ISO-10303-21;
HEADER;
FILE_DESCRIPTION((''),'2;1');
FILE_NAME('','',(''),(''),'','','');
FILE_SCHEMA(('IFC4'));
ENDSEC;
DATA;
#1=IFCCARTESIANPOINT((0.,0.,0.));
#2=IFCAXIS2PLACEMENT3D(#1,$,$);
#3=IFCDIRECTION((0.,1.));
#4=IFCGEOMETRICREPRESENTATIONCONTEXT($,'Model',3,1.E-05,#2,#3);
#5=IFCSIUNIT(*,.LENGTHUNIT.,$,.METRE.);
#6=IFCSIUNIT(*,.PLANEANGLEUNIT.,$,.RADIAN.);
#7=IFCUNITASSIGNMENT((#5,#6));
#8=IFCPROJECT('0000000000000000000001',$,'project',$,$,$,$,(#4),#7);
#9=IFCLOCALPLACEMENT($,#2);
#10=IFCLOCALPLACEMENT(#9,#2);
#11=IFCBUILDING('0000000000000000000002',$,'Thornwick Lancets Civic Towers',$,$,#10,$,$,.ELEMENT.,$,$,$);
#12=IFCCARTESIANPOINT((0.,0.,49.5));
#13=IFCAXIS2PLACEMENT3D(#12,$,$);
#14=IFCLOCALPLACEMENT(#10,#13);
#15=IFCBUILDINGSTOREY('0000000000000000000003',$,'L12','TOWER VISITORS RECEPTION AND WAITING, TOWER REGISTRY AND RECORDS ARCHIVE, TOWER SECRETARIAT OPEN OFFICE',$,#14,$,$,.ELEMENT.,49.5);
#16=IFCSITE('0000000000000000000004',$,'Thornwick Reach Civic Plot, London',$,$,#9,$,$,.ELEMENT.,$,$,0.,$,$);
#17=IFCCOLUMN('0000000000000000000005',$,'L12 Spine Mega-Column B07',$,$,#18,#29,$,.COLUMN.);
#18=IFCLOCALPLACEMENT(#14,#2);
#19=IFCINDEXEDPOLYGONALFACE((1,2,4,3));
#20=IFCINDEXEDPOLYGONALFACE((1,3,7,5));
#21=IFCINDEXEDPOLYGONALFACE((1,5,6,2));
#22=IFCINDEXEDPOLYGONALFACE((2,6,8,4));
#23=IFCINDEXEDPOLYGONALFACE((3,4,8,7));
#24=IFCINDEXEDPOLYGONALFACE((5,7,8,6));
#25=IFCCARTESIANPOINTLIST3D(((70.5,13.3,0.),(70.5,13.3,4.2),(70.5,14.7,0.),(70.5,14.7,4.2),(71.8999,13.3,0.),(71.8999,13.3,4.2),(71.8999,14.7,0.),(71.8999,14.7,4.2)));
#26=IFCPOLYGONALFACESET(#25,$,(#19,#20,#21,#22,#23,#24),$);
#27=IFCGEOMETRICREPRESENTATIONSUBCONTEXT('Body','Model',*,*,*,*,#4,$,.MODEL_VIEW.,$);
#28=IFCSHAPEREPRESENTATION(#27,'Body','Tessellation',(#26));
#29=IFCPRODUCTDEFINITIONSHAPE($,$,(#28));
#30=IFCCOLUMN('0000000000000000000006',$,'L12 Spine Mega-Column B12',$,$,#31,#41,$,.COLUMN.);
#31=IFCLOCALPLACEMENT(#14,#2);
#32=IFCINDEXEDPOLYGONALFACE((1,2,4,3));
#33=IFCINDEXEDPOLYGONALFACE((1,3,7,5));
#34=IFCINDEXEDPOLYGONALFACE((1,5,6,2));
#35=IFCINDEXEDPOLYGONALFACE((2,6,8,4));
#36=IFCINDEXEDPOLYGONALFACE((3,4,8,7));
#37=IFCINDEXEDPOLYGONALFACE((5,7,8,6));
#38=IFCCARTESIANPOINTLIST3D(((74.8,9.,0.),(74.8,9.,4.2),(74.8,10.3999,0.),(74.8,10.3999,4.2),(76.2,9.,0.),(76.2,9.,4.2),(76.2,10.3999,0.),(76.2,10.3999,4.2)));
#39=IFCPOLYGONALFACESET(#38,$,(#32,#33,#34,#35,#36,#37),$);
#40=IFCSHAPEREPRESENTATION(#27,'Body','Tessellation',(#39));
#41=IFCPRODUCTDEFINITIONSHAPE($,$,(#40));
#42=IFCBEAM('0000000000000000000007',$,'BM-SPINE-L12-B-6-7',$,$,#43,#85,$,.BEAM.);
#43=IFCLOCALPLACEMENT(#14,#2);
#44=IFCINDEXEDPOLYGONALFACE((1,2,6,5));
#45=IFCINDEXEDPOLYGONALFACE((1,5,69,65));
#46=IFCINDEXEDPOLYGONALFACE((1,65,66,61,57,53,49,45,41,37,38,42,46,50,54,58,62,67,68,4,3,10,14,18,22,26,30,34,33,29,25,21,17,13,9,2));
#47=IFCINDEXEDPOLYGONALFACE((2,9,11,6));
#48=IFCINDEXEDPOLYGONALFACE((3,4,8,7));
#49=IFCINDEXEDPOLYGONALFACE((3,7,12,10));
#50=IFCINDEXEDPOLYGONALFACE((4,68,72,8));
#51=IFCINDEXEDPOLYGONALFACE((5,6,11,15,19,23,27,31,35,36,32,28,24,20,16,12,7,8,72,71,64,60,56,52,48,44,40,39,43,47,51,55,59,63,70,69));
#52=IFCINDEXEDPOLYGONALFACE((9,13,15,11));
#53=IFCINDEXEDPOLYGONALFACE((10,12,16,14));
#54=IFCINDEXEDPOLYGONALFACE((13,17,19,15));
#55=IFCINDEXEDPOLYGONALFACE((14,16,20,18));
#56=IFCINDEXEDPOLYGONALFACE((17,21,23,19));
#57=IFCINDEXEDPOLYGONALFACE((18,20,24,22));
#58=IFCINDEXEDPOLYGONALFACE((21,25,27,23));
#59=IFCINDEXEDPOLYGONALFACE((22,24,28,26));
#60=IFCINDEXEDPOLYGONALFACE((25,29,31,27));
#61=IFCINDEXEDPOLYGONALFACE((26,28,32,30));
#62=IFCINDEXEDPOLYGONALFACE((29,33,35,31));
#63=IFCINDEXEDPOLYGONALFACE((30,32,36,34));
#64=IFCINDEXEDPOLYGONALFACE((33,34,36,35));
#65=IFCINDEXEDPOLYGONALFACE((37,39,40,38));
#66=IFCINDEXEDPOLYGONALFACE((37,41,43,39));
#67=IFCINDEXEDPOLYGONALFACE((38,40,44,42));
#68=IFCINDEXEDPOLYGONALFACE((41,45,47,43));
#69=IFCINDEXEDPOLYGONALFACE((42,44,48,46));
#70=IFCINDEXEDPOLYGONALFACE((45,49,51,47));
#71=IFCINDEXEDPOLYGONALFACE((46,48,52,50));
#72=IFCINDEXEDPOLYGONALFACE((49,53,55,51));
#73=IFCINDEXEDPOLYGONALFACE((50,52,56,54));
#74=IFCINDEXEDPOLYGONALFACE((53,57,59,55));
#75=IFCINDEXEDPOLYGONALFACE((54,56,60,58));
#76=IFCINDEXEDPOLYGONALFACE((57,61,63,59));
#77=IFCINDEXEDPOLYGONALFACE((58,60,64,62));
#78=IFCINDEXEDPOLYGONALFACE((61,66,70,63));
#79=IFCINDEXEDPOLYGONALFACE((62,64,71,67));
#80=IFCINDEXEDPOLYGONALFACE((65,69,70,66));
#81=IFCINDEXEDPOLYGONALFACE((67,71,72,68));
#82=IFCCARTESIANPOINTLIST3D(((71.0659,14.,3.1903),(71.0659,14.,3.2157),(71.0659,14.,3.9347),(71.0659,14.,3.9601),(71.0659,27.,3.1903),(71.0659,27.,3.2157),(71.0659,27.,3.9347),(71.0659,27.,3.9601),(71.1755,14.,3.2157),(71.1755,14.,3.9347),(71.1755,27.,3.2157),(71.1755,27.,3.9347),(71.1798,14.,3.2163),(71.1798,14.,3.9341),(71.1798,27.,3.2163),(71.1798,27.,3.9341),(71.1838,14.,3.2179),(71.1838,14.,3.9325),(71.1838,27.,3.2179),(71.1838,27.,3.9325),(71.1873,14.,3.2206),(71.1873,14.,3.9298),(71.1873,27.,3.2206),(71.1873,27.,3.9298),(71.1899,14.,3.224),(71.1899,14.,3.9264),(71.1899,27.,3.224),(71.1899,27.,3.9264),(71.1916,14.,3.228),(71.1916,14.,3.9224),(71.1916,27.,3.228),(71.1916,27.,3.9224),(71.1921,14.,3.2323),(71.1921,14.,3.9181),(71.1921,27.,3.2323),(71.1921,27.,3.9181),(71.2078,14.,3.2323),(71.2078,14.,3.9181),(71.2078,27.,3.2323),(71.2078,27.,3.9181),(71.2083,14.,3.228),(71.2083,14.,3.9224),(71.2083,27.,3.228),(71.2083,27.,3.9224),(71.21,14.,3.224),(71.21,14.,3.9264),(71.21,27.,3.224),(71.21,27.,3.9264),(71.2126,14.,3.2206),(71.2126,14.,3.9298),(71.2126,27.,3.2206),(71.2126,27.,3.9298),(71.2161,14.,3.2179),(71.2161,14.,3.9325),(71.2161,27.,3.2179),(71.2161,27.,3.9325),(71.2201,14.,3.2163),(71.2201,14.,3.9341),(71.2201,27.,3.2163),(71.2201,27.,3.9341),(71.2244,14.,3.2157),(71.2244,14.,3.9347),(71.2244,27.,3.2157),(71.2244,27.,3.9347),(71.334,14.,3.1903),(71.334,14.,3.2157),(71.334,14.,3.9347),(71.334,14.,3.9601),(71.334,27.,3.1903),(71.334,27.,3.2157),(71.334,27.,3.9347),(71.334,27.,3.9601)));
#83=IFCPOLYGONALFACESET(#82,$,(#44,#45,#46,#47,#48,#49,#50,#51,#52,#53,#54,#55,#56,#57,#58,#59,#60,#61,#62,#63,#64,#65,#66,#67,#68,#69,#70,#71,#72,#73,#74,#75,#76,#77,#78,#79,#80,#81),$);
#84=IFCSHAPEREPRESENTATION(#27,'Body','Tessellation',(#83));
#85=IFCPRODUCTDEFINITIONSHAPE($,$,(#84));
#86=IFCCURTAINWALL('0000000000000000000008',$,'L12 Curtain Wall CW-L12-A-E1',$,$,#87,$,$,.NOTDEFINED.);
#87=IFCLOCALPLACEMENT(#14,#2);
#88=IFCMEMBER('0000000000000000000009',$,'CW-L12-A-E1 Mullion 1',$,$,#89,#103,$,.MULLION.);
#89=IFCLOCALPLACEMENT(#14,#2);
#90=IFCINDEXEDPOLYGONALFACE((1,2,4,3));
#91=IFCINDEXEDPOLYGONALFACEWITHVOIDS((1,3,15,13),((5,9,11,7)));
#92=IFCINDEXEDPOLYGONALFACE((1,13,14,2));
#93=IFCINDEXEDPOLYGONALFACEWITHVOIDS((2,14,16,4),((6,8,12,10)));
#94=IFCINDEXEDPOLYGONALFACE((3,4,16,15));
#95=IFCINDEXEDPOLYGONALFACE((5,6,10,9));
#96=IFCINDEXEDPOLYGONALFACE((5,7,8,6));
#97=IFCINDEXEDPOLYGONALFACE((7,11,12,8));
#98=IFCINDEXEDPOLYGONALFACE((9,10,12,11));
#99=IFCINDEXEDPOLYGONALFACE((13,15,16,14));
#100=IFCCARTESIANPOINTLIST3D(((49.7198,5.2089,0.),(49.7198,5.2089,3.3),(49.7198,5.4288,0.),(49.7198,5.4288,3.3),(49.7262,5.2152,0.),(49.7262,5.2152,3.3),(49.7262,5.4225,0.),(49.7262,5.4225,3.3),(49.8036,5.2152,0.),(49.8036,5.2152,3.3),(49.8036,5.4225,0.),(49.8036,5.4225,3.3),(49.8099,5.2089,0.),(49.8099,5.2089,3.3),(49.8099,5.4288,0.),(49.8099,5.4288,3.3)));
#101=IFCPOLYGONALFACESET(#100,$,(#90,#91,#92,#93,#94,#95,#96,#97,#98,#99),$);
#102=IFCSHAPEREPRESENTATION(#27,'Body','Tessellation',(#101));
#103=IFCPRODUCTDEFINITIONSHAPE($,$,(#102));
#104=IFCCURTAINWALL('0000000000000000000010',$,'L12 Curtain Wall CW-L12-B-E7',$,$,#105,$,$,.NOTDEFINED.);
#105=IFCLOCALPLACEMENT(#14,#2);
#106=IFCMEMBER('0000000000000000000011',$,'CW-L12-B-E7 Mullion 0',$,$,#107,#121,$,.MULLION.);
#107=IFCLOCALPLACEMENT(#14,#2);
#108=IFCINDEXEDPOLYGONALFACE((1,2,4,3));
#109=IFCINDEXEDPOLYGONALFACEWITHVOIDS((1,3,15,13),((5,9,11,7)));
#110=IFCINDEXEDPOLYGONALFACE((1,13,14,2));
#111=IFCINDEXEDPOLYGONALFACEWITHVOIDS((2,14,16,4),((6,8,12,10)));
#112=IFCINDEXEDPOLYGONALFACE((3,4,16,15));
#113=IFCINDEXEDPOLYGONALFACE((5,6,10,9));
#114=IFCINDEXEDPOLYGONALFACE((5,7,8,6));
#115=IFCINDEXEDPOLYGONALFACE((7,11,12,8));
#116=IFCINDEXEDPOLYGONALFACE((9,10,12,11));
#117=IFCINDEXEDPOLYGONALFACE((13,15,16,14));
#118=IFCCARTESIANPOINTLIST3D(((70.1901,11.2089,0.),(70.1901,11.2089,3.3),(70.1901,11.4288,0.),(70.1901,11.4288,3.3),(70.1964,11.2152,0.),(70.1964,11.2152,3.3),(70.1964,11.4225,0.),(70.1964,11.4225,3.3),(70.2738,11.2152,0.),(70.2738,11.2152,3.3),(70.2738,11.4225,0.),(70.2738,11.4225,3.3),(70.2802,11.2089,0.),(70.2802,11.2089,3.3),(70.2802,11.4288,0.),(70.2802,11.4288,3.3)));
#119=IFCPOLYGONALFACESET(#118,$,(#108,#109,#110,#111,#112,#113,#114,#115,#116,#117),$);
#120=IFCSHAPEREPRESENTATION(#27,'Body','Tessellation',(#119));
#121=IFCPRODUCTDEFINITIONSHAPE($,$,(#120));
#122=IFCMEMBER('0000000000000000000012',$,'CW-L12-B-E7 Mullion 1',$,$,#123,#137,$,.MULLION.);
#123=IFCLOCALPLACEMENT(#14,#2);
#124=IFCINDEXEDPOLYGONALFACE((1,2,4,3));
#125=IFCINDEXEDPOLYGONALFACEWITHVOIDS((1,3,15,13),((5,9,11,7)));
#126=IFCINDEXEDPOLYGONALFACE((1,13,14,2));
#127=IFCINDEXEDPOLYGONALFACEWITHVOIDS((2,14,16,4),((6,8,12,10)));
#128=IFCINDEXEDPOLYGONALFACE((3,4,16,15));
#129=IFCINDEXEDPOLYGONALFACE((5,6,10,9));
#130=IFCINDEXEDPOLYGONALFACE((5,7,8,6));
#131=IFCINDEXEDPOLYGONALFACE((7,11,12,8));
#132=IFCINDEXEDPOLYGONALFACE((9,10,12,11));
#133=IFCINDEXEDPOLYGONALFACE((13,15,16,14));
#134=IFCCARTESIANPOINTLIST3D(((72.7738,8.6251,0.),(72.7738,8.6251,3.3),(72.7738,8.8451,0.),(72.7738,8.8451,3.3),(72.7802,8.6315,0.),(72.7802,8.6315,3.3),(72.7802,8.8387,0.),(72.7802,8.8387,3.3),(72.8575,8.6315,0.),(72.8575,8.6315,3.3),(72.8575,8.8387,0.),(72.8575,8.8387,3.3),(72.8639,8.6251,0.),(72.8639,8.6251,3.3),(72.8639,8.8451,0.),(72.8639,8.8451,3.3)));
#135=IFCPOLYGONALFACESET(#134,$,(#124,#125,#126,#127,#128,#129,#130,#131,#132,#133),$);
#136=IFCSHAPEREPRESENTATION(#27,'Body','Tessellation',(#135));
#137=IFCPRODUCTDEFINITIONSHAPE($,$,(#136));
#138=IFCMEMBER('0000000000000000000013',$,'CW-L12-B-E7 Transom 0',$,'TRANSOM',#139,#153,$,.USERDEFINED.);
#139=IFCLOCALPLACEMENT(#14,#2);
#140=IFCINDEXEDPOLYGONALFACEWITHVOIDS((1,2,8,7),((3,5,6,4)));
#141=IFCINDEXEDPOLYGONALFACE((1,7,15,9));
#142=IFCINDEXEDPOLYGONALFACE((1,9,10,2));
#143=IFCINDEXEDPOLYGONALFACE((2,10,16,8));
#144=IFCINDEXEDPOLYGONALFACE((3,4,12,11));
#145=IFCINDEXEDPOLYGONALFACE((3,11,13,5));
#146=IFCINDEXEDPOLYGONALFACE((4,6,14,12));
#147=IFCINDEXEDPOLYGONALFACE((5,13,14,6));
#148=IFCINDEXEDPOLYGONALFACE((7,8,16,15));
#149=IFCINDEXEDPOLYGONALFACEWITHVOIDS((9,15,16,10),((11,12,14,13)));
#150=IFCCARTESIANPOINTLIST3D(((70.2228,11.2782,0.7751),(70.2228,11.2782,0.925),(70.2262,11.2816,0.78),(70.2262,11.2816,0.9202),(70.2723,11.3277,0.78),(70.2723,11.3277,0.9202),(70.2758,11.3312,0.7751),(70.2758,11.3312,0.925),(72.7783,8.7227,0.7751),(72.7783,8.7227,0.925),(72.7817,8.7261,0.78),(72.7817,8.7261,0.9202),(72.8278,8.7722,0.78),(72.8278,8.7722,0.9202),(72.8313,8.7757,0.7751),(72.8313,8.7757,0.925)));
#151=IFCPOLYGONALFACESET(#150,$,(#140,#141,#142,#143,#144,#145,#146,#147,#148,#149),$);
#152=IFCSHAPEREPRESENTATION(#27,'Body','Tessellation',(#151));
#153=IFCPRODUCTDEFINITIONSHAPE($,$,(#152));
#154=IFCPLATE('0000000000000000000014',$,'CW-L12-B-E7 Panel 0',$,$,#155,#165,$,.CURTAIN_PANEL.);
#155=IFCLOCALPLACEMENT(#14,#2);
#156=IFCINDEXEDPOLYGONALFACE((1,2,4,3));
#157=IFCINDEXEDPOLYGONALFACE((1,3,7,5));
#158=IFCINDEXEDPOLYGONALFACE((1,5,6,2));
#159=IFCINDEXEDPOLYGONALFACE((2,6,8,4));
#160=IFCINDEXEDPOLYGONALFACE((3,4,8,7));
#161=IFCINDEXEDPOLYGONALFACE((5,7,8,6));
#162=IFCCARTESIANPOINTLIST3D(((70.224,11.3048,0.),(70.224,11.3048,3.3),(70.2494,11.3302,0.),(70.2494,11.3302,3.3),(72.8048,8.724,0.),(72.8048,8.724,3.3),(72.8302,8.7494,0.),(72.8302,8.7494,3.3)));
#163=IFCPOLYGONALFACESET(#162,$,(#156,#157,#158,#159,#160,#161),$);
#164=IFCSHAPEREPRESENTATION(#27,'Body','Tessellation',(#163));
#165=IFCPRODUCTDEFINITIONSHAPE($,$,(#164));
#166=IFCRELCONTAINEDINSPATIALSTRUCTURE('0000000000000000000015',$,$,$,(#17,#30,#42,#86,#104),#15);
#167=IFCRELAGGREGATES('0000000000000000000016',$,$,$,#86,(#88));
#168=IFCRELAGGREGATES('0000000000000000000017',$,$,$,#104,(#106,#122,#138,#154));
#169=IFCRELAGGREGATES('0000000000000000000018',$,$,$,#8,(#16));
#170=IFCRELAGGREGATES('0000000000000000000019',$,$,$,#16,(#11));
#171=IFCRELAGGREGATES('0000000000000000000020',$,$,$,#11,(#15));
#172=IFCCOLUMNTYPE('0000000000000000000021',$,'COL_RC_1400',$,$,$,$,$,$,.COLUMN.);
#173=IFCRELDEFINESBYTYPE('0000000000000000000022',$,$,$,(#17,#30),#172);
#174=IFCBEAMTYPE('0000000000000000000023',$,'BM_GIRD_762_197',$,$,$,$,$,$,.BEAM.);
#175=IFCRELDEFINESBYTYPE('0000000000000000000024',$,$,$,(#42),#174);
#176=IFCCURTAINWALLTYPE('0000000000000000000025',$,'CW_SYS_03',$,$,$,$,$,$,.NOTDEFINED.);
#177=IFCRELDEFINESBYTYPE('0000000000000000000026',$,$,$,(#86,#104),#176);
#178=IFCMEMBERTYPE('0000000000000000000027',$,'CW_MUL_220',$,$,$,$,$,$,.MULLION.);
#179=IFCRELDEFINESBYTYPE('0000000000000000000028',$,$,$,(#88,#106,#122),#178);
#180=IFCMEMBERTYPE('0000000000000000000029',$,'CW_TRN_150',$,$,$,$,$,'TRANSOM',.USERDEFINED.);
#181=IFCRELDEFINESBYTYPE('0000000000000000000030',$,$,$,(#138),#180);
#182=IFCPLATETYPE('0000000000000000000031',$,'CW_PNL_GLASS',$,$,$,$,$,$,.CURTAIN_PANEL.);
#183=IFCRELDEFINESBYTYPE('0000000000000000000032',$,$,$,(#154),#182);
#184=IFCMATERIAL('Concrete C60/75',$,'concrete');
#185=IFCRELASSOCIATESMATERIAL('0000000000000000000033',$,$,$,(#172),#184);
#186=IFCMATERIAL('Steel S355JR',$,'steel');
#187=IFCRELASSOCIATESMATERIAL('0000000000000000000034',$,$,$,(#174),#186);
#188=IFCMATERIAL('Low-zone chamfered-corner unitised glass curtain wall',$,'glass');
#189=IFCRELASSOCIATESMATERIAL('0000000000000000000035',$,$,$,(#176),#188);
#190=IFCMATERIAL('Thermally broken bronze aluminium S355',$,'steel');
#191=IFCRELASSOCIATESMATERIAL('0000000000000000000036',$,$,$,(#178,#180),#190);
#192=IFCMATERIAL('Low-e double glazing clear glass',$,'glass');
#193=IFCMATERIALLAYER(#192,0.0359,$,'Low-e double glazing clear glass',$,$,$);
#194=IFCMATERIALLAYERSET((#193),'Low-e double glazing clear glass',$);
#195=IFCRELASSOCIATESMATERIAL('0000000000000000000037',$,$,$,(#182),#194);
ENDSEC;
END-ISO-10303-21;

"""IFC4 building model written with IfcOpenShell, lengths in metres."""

from ifc_helpers import new_model, si_unit, direction, frame, origin, origin_2d, place, context, subcontext, project, spatial, rectangle, hollow_rectangle, i_section, extrude, material, layer, layer_set, material_profile, profile_set, type_object, element, aggregate, save


model = new_model("IFC4")

# Units and contexts
model_context = context("Model", 3, precision=1e-05, world=origin(), true_north=direction((0.0, 1.0)))
body_context = subcontext(model_context, "Body", "Model", "MODEL_VIEW")
ifc_project = project(units=[si_unit("LENGTHUNIT", "METRE"), si_unit("PLANEANGLEUNIT", "RADIAN")], contexts=[model_context])

# Site, building, storey
site_placement = place(None, origin())
site = spatial("IfcSite", under=ifc_project, at=site_placement, Name="Thornwick Reach Civic Plot, London", CompositionType="ELEMENT", RefElevation=0.0)
building_placement = place(site_placement, origin())
building = spatial("IfcBuilding", under=site, at=building_placement, Name="Thornwick Lancets Civic Towers", CompositionType="ELEMENT")
storey_placement = place(building_placement, frame((0.0, 0.0, 49.5)))
storey = spatial("IfcBuildingStorey", under=building, at=storey_placement, Name="L12", Description="TOWER VISITORS RECEPTION AND WAITING, TOWER REGISTRY AND RECORDS ARCHIVE, TOWER SECRETARIAT OPEN OFFICE", CompositionType="ELEMENT", Elevation=49.5)

# Columns
ifc_material_1 = material(Name="Concrete C60/75", Category="concrete")
ifc_material_profile_1 = material_profile(ifc_material_1, rectangle(XDim=1.3999, YDim=1.3999, at=origin_2d()), Name="RC 1400x1400")
ifc_profile_set_1 = profile_set([ifc_material_profile_1], Name="Concrete C60/75")
column_type = type_object("IfcColumnType", Name="COL_RC_1400", PredefinedType="COLUMN", material=ifc_profile_set_1)
for number, where, z_axis, x_axis, name in (
    (1, (71.2, 14.0, 0.0), (0.0, 0.0, 1.0), (1.0, 0.0, 0.0), "L12 Spine Mega-Column B07"),
    (2, (75.5, 9.7, 0.0), (0.0, 0.0, 1.0), (1.0, 0.0, 0.0), "L12 Spine Mega-Column B12"),
):
    element("IfcColumn", number, at=place(storey_placement, frame(where, z_axis=z_axis, x_axis=x_axis)), inside=storey, type_object=column_type, Name=name, PredefinedType="COLUMN", context=body_context, shape_type="SweptSolid", body=[
        extrude(rectangle(XDim=1.3999, YDim=1.3999, at=origin_2d()), origin(), (0.0, 0.0, 1.0), 4.2),
    ])

# Beam
ifc_material_2 = material(Name="Steel S355JR", Category="steel")
ifc_material_profile_2 = material_profile(ifc_material_2, i_section(OverallWidth=0.2681, OverallDepth=0.7698, WebThickness=0.0156, FlangeThickness=0.0254, FilletRadius=0.0166, at=origin_2d()), Name="UKB 762x267x197")
ifc_profile_set_2 = profile_set([ifc_material_profile_2], Name="Steel S355JR")
beam_type = type_object("IfcBeamType", Name="BM_GIRD_762_197", PredefinedType="BEAM", material=ifc_profile_set_2)
beam_placement = place(storey_placement, frame((71.2, 14.0, 3.5752), z_axis=(0.0, 1.0, 0.0), x_axis=(-1.0, 0.0, 0.0)))
element("IfcBeam", 3, at=beam_placement, inside=storey, type_object=beam_type, Name="BM-SPINE-L12-B-6-7", PredefinedType="BEAM", context=body_context, shape_type="SweptSolid", body=[
    extrude(i_section(OverallWidth=0.2681, OverallDepth=0.7698, WebThickness=0.0156, FlangeThickness=0.0254, FilletRadius=0.0166, at=origin_2d()), origin(), (0.0, 0.0, 1.0), 13.0),
])

# Curtain wall, member
ifc_material_3 = material(Name="Low-zone chamfered-corner unitised glass curtain wall", Category="glass")
curtain_wall_type = type_object("IfcCurtainWallType", Name="CW_SYS_03", PredefinedType="NOTDEFINED", material=ifc_material_3)
curtain_wall_1_placement = place(storey_placement, origin())
curtain_wall_1 = element("IfcCurtainWall", 4, at=curtain_wall_1_placement, inside=storey, type_object=curtain_wall_type, Name="L12 Curtain Wall CW-L12-A-E1", PredefinedType="NOTDEFINED")
ifc_material_4 = material(Name="Thermally broken bronze aluminium S355", Category="steel")
ifc_material_profile_3 = material_profile(ifc_material_4, hollow_rectangle(XDim=0.0901, YDim=0.22, WallThickness=0.0063, at=origin_2d()), Name="RHS 220x90x6.3")
ifc_profile_set_3 = profile_set([ifc_material_profile_3], Name="Thermally broken bronze aluminium S355")
member_type_1 = type_object("IfcMemberType", Name="CW_MUL_220", PredefinedType="MULLION", material=ifc_profile_set_3)
member_1_placement = place(storey_placement, frame((49.7649, 5.3188, 0.0), z_axis=(0.0, 0.0, 1.0), x_axis=(1.0, 0.0, 0.0)))
member_1 = element("IfcMember", 5, at=member_1_placement, type_object=member_type_1, Name="CW-L12-A-E1 Mullion 1", PredefinedType="MULLION", context=body_context, shape_type="SweptSolid", body=[
    extrude(hollow_rectangle(XDim=0.0901, YDim=0.22, WallThickness=0.0063, at=origin_2d()), origin(), (0.0, 0.0, 1.0), 3.3),
])
aggregate(curtain_wall_1, [member_1])

# Curtain wall, members, plate
curtain_wall_2_placement = place(storey_placement, origin())
curtain_wall_2 = element("IfcCurtainWall", 6, at=curtain_wall_2_placement, inside=storey, type_object=curtain_wall_type, Name="L12 Curtain Wall CW-L12-B-E7", PredefinedType="NOTDEFINED")
member_2_placement = place(storey_placement, frame((70.2351, 11.3188, 0.0), z_axis=(0.0, 0.0, 1.0), x_axis=(1.0, 0.0, 0.0)))
member_2 = element("IfcMember", 7, at=member_2_placement, type_object=member_type_1, Name="CW-L12-B-E7 Mullion 0", PredefinedType="MULLION", context=body_context, shape_type="SweptSolid", body=[
    extrude(hollow_rectangle(XDim=0.0901, YDim=0.22, WallThickness=0.0063, at=origin_2d()), origin(), (0.0, 0.0, 1.0), 3.3),
])
member_3_placement = place(storey_placement, frame((72.8188, 8.7351, 0.0), z_axis=(0.0, 0.0, 1.0), x_axis=(1.0, 0.0, 0.0)))
member_3 = element("IfcMember", 8, at=member_3_placement, type_object=member_type_1, Name="CW-L12-B-E7 Mullion 1", PredefinedType="MULLION", context=body_context, shape_type="SweptSolid", body=[
    extrude(hollow_rectangle(XDim=0.0901, YDim=0.22, WallThickness=0.0063, at=origin_2d()), origin(), (0.0, 0.0, 1.0), 3.3),
])
ifc_material_profile_4 = material_profile(ifc_material_4, hollow_rectangle(XDim=0.075, YDim=0.1499, WallThickness=0.0049, at=origin_2d()), Name="RHS 150x75x5")
ifc_profile_set_4 = profile_set([ifc_material_profile_4], Name="Thermally broken bronze aluminium S355")
member_type_2 = type_object("IfcMemberType", Name="CW_TRN_150", ElementType="TRANSOM", PredefinedType="USERDEFINED", material=ifc_profile_set_4)
member_4_placement = place(storey_placement, frame((70.2493, 11.3047, 0.8501), z_axis=(0.707107, -0.707107, 0.0), x_axis=(0.707107, 0.707107, 0.0)))
member_4 = element("IfcMember", 9, at=member_4_placement, type_object=member_type_2, Name="CW-L12-B-E7 Transom 0", ObjectType="TRANSOM", PredefinedType="USERDEFINED", context=body_context, shape_type="SweptSolid", body=[
    extrude(hollow_rectangle(XDim=0.075, YDim=0.1499, WallThickness=0.0049, at=origin_2d()), origin(), (0.0, 0.0, 1.0), 3.614),
])
ifc_material_5 = material(Name="Low-e double glazing clear glass", Category="glass")
ifc_layer_1 = layer(ifc_material_5, 0.0359, Name="Low-e double glazing clear glass")
ifc_layer_set_1 = layer_set([ifc_layer_1], Name="Low-e double glazing clear glass")
plate_type = type_object("IfcPlateType", Name="CW_PNL_GLASS", PredefinedType="CURTAIN_PANEL", material=ifc_layer_set_1)
plate_placement = place(storey_placement, frame((71.5271, 10.0271, 0.0), z_axis=(0.0, 0.0, 1.0), x_axis=(0.707107, -0.707107, 0.0)))
plate = element("IfcPlate", 10, at=plate_placement, type_object=plate_type, Name="CW-L12-B-E7 Panel 0", PredefinedType="CURTAIN_PANEL", context=body_context, shape_type="SweptSolid", body=[
    extrude(rectangle(XDim=3.6499, YDim=0.0359, at=origin_2d()), origin(), (0.0, 0.0, 1.0), 3.3),
])
aggregate(curtain_wall_2, [member_2, member_3, member_4, plate])

save(model, "model.ifc")
